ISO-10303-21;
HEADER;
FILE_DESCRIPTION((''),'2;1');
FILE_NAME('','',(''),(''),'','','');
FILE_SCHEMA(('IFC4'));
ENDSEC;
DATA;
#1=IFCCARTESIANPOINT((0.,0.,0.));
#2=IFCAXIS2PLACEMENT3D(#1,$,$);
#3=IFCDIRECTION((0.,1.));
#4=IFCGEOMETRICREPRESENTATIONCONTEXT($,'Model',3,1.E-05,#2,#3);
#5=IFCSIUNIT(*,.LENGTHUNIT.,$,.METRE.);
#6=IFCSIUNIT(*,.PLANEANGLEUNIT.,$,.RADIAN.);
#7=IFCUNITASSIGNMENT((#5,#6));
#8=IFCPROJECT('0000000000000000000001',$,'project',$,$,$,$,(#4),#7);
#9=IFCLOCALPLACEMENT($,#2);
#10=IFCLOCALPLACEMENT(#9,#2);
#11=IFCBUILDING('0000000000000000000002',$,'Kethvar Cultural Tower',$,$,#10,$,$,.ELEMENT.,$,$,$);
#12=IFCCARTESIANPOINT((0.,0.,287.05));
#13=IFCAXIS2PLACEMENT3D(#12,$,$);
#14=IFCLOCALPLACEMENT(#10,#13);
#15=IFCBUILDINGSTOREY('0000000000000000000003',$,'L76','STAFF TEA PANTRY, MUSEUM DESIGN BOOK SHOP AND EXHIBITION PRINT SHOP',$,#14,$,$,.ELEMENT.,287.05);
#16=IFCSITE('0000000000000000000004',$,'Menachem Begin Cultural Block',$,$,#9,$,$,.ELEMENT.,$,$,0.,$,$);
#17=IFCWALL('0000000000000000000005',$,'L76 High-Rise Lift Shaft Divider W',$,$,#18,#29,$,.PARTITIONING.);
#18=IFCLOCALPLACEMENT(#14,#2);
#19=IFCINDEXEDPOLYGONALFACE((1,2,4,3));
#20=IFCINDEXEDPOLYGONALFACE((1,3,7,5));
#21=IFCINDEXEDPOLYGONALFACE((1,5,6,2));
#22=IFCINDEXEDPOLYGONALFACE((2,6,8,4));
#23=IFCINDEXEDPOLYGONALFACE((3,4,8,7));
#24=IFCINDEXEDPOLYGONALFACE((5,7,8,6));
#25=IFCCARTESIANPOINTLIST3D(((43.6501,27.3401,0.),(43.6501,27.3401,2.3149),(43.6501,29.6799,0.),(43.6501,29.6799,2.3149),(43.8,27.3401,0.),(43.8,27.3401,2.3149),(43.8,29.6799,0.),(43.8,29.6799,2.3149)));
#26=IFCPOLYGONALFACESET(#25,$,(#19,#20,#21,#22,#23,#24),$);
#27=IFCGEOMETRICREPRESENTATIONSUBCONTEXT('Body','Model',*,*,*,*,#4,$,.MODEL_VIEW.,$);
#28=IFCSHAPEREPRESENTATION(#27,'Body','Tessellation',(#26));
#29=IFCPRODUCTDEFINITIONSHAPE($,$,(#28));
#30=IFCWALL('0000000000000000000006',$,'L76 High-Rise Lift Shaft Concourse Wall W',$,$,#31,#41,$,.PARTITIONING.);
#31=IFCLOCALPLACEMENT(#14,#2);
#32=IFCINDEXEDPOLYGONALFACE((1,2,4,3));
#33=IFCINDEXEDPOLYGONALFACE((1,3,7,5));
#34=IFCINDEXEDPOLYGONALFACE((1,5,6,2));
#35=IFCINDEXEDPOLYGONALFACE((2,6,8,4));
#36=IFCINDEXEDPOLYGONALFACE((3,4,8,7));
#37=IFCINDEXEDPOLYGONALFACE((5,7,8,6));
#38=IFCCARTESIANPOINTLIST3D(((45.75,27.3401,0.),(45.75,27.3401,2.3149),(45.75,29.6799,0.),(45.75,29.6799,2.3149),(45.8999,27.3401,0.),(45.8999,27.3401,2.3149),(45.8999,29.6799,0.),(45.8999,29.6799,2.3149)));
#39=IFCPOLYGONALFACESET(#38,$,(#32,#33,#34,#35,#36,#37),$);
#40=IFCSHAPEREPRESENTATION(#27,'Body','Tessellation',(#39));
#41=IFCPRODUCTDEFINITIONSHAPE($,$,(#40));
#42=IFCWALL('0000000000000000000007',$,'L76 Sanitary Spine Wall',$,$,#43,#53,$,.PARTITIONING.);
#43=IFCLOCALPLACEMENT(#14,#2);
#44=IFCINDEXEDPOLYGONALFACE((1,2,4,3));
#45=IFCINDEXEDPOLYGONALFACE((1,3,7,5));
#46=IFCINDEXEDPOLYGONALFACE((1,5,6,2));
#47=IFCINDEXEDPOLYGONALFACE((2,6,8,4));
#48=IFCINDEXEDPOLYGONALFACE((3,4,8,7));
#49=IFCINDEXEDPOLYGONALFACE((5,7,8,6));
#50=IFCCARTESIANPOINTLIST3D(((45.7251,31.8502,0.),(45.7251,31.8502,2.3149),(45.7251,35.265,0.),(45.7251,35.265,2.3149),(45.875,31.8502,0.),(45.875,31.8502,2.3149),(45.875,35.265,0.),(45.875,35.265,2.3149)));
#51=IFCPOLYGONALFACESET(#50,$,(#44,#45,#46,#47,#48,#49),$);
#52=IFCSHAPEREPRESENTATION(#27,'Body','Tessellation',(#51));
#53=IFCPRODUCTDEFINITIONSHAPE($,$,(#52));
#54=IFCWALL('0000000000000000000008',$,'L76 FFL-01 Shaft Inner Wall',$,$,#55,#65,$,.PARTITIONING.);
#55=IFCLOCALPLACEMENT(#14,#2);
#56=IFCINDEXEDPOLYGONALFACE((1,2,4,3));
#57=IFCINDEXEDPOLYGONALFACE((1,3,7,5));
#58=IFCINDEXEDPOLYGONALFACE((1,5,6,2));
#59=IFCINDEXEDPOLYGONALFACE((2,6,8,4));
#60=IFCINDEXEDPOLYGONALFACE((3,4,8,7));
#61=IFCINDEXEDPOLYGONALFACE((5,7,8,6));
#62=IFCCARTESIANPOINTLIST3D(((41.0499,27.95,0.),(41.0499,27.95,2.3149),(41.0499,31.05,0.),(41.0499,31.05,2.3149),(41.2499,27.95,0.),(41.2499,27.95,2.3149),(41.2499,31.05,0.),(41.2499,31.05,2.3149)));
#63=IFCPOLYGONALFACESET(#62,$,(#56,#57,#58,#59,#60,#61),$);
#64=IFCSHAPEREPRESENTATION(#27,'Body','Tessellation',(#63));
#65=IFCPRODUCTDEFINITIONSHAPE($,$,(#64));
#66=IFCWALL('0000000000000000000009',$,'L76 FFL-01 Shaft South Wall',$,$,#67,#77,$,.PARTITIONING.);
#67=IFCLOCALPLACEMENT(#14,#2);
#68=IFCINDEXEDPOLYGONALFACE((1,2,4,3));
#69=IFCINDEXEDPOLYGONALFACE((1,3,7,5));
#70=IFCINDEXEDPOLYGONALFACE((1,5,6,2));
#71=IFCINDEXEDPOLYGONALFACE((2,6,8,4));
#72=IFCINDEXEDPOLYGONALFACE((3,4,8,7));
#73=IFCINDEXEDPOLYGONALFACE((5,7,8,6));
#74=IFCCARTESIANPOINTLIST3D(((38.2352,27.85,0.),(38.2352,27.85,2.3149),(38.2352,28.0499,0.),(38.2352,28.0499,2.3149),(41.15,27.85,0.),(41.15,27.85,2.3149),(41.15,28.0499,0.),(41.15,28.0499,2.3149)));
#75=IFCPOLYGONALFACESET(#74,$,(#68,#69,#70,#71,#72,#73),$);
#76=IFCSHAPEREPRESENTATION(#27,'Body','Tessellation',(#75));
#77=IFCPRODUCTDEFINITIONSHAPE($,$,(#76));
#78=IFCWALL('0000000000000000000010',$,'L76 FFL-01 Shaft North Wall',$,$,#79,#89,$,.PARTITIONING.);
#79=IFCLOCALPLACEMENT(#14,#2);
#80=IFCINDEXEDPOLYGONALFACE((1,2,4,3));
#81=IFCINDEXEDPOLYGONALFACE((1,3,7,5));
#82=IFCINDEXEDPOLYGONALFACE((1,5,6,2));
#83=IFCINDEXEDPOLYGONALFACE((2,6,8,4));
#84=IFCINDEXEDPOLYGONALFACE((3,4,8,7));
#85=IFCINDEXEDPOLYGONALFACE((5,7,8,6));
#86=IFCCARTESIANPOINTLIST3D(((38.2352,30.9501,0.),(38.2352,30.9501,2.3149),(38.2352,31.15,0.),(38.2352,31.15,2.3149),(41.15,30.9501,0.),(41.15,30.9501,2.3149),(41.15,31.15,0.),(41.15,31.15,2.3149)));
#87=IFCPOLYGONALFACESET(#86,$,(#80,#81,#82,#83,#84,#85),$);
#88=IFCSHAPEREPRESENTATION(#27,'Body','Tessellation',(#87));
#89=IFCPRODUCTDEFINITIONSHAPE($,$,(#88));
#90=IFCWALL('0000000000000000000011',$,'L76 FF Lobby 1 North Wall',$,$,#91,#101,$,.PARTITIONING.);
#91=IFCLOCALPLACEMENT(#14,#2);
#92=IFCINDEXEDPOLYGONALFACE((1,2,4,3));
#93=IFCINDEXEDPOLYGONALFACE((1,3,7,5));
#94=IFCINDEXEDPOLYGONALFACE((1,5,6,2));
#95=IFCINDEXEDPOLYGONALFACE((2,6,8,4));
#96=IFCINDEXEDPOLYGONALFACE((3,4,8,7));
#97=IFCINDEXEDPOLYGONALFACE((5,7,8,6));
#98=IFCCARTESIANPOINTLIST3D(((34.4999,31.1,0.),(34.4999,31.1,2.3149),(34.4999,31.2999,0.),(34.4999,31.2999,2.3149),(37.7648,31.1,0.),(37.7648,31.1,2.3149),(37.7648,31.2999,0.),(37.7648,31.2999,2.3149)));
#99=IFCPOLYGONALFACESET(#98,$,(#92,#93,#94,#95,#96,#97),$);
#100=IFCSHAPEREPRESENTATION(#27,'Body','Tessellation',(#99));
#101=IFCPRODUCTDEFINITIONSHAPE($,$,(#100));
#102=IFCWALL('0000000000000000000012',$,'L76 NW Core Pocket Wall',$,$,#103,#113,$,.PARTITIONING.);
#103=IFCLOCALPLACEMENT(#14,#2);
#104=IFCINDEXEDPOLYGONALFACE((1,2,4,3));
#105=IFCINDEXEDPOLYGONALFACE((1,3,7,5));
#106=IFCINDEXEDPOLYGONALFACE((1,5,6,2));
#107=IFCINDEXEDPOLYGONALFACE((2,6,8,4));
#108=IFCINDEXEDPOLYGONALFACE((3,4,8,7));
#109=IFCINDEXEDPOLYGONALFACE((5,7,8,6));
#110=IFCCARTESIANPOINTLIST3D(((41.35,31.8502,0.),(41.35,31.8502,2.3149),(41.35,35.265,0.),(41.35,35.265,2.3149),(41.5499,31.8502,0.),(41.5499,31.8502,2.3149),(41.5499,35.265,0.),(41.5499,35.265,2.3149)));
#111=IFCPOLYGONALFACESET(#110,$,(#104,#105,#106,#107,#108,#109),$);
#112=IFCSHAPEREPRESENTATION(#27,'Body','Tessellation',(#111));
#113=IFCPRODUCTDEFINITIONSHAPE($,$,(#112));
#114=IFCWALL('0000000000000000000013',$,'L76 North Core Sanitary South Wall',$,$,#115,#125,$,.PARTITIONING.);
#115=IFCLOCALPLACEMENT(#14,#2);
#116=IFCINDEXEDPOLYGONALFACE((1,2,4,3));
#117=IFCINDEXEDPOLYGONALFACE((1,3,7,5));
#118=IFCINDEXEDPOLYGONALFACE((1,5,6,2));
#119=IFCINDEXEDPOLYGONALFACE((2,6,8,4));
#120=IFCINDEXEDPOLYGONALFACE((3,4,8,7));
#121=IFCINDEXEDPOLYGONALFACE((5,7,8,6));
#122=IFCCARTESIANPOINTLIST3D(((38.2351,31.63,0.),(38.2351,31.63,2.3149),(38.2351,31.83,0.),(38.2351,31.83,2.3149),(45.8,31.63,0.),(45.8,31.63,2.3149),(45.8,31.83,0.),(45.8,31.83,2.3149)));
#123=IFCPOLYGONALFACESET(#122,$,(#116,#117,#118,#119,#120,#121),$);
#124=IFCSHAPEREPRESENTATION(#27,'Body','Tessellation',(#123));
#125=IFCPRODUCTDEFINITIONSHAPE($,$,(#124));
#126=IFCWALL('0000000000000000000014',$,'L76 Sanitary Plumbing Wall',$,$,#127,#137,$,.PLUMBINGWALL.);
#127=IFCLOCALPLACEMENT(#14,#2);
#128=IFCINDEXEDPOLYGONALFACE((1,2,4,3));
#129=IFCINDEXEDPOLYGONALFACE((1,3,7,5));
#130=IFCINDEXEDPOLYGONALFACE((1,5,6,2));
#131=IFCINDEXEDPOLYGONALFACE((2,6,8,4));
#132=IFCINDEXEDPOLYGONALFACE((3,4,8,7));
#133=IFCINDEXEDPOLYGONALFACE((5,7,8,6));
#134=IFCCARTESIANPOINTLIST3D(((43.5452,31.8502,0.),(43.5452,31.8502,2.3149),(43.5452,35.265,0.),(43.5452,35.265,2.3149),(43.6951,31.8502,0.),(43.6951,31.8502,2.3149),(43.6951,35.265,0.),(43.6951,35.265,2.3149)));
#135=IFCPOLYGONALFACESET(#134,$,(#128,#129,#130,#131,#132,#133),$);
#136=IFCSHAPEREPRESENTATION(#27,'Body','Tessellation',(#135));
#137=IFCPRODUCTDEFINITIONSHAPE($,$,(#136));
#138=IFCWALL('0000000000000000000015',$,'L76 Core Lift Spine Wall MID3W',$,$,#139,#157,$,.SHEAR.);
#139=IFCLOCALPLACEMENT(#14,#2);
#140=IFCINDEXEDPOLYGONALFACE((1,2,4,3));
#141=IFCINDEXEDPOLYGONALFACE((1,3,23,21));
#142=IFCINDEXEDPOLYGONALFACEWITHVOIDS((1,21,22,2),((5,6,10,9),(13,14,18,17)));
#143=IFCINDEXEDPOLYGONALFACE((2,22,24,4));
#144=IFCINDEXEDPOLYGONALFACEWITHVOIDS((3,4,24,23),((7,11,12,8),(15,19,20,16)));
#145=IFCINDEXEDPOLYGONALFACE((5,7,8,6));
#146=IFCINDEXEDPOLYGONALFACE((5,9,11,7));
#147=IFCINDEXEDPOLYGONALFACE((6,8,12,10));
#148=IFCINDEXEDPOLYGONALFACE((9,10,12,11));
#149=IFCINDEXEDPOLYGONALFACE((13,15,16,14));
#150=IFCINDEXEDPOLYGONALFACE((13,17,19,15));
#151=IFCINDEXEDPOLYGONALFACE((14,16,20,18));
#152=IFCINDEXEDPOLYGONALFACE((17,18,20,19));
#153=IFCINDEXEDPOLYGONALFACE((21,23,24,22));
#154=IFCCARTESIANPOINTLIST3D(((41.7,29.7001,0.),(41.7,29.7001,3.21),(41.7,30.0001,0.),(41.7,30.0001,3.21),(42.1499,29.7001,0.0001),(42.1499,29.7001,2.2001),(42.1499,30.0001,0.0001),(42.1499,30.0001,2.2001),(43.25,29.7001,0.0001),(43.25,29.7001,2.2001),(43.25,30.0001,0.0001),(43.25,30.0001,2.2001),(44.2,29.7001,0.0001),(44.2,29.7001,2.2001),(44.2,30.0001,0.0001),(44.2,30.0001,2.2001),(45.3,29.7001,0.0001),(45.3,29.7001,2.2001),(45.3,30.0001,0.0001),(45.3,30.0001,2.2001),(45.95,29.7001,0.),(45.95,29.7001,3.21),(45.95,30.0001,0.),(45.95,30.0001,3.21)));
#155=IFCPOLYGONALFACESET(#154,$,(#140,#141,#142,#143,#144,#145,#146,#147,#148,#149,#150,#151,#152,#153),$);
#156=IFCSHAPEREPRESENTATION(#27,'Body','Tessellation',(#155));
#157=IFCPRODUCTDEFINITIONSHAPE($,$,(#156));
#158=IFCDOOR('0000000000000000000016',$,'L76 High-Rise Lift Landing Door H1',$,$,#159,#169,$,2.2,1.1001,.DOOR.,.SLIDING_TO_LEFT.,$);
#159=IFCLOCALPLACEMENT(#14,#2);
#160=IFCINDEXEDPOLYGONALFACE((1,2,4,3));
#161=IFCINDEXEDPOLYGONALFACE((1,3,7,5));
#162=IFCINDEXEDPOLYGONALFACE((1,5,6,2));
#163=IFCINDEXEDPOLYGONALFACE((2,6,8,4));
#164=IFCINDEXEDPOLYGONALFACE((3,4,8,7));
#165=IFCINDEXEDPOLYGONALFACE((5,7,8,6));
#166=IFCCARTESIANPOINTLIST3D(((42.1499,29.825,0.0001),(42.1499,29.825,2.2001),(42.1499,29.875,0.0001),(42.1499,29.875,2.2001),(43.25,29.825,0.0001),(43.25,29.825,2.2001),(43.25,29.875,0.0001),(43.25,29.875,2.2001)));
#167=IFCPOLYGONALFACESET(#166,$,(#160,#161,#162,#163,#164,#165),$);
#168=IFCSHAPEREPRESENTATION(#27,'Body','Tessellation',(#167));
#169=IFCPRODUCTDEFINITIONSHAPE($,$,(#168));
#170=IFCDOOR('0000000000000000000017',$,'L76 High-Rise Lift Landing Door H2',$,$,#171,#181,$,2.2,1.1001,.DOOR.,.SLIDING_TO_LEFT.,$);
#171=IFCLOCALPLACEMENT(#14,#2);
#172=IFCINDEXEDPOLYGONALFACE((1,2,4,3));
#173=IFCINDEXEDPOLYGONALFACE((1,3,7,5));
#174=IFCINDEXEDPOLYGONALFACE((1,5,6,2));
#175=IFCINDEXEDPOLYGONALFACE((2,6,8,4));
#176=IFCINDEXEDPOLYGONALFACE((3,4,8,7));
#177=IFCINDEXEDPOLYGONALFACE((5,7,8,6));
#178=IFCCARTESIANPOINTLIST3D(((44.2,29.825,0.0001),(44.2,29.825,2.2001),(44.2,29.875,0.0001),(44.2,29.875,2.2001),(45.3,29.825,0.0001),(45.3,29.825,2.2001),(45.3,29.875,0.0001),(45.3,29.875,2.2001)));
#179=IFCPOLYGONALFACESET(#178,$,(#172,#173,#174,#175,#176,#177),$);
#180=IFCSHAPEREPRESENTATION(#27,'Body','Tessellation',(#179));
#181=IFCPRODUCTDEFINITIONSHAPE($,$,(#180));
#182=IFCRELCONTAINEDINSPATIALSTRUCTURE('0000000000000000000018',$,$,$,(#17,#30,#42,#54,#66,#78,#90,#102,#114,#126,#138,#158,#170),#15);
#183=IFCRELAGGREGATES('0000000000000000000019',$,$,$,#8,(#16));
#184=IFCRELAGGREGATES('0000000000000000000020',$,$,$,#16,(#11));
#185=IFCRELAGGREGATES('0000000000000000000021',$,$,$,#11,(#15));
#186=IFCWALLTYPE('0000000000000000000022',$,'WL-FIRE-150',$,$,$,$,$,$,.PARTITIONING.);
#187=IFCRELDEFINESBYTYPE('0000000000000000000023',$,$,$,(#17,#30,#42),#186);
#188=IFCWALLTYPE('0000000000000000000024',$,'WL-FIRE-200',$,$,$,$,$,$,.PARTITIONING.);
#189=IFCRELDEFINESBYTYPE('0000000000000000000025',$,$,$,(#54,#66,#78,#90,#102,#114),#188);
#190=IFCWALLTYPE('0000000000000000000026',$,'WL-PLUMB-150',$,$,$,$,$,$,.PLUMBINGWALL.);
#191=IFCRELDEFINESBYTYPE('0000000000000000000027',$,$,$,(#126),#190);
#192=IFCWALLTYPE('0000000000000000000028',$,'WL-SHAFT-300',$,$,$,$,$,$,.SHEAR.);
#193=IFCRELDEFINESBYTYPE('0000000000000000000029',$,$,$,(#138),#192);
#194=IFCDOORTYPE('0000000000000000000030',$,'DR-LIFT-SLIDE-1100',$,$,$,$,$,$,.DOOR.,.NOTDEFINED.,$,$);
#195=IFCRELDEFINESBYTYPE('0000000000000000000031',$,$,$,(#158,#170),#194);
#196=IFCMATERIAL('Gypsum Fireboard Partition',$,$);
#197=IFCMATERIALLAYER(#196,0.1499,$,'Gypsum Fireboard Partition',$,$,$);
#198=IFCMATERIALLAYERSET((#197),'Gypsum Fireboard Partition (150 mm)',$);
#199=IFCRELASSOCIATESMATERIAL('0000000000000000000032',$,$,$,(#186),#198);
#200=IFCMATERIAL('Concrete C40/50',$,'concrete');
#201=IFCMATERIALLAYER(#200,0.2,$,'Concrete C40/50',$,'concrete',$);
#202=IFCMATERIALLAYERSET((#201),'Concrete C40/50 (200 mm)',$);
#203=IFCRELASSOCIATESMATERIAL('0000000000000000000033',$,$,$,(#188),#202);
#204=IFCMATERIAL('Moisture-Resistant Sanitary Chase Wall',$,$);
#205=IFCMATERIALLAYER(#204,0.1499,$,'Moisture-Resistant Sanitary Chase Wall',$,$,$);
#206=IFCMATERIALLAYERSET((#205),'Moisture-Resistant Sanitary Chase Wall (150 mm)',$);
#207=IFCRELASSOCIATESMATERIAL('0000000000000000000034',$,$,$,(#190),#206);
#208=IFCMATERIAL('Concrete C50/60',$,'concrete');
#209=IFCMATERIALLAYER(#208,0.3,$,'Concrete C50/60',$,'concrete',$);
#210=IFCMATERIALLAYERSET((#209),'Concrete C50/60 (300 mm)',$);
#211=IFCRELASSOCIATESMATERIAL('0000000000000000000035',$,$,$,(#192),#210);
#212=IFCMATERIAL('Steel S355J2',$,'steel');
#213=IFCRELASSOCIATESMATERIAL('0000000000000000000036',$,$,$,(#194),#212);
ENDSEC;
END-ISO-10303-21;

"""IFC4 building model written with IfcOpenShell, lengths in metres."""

from ifc_helpers import new_model, si_unit, direction, frame, frame_2d, origin, place, context, subcontext, project, spatial, rectangle, extrude, source, transform, mapped, material, layer, layer_set, type_object, element, fill, save


model = new_model("IFC4")

# Units and contexts
model_context = context("Model", 3, precision=1e-05, world=origin(), true_north=direction((0.0, 1.0)))
body_context = subcontext(model_context, "Body", "Model", "MODEL_VIEW")
ifc_project = project(units=[si_unit("LENGTHUNIT", "METRE"), si_unit("PLANEANGLEUNIT", "RADIAN")], contexts=[model_context])

# Site, building, storey
site_placement = place(None, origin())
site = spatial("IfcSite", under=ifc_project, at=site_placement, Name="Menachem Begin Cultural Block", CompositionType="ELEMENT", RefElevation=0.0)
building_placement = place(site_placement, origin())
building = spatial("IfcBuilding", under=site, at=building_placement, Name="Kethvar Cultural Tower", CompositionType="ELEMENT")
storey_placement = place(building_placement, frame((0.0, 0.0, 287.05)))
storey = spatial("IfcBuildingStorey", under=building, at=storey_placement, Name="L76", Description="STAFF TEA PANTRY, MUSEUM DESIGN BOOK SHOP AND EXHIBITION PRINT SHOP", CompositionType="ELEMENT", Elevation=287.05)

# Shared definitions
ifc_material_1 = material(Name="Steel S355J2", Category="steel")

# Walls
ifc_material_2 = material(Name="Gypsum Fireboard Partition")
ifc_layer_1 = layer(ifc_material_2, 0.1499, Name="Gypsum Fireboard Partition")
ifc_layer_set_1 = layer_set([ifc_layer_1], Name="Gypsum Fireboard Partition (150 mm)")
wall_type_1 = type_object("IfcWallType", Name="WL-FIRE-150", PredefinedType="PARTITIONING", material=ifc_layer_set_1)
for number, where, z_axis, x_axis, name in (
    (1, (43.7251, 27.3401, 0.0), (0.0, 0.0, 1.0), (0.0, 1.0, 0.0), "L76 High-Rise Lift Shaft Divider W"),
    (2, (45.825, 27.3401, 0.0), (0.0, 0.0, 1.0), (0.0, 1.0, 0.0), "L76 High-Rise Lift Shaft Concourse Wall W"),
):
    element("IfcWall", number, at=place(storey_placement, frame(where, z_axis=z_axis, x_axis=x_axis)), inside=storey, type_object=wall_type_1, Name=name, PredefinedType="PARTITIONING", context=body_context, shape_type="SweptSolid", body=[
        extrude(rectangle(XDim=2.3398, YDim=0.1499, at=frame_2d((1.1699, 0.0))), origin(), (0.0, 0.0, 1.0), 2.3149),
    ])
wall_1_placement = place(storey_placement, frame((45.8, 31.8501, 0.0), z_axis=(0.0, 0.0, 1.0), x_axis=(0.0, 1.0, 0.0)))
element("IfcWall", 3, at=wall_1_placement, inside=storey, type_object=wall_type_1, Name="L76 Sanitary Spine Wall", PredefinedType="PARTITIONING", context=body_context, shape_type="SweptSolid", body=[
    extrude(rectangle(XDim=3.4148, YDim=0.1499, at=frame_2d((1.7075, 0.0))), origin(), (0.0, 0.0, 1.0), 2.3149),
])
ifc_material_3 = material(Name="Concrete C40/50", Category="concrete")
ifc_layer_2 = layer(ifc_material_3, 0.2, Name="Concrete C40/50", Category="concrete")
ifc_layer_set_2 = layer_set([ifc_layer_2], Name="Concrete C40/50 (200 mm)")
wall_type_2 = type_object("IfcWallType", Name="WL-FIRE-200", PredefinedType="PARTITIONING", material=ifc_layer_set_2)
wall_2_placement = place(storey_placement, frame((41.1499, 27.95, 0.0), z_axis=(0.0, 0.0, 1.0), x_axis=(0.0, 1.0, 0.0)))
element("IfcWall", 4, at=wall_2_placement, inside=storey, type_object=wall_type_2, Name="L76 FFL-01 Shaft Inner Wall", PredefinedType="PARTITIONING", context=body_context, shape_type="SweptSolid", body=[
    extrude(rectangle(XDim=3.1001, YDim=0.2, at=frame_2d((1.55, 0.0))), origin(), (0.0, 0.0, 1.0), 2.3149),
])
for number, where, z_axis, x_axis, name in (
    (5, (38.2351, 27.95, 0.0), (0.0, 0.0, 1.0), (1.0, 0.0, 0.0), "L76 FFL-01 Shaft South Wall"),
    (6, (38.2351, 31.05, 0.0), (0.0, 0.0, 1.0), (1.0, 0.0, 0.0), "L76 FFL-01 Shaft North Wall"),
):
    element("IfcWall", number, at=place(storey_placement, frame(where, z_axis=z_axis, x_axis=x_axis)), inside=storey, type_object=wall_type_2, Name=name, PredefinedType="PARTITIONING", context=body_context, shape_type="SweptSolid", body=[
        extrude(rectangle(XDim=2.9148, YDim=0.2, at=frame_2d((1.4575, 0.0))), origin(), (0.0, 0.0, 1.0), 2.3149),
    ])

# Walls
wall_3_placement = place(storey_placement, frame((34.5, 31.2, 0.0), z_axis=(0.0, 0.0, 1.0), x_axis=(1.0, 0.0, 0.0)))
element("IfcWall", 7, at=wall_3_placement, inside=storey, type_object=wall_type_2, Name="L76 FF Lobby 1 North Wall", PredefinedType="PARTITIONING", context=body_context, shape_type="SweptSolid", body=[
    extrude(rectangle(XDim=3.2649, YDim=0.2, at=frame_2d((1.6323, 0.0))), origin(), (0.0, 0.0, 1.0), 2.3149),
])
wall_4_placement = place(storey_placement, frame((41.45, 31.8501, 0.0), z_axis=(0.0, 0.0, 1.0), x_axis=(0.0, 1.0, 0.0)))
element("IfcWall", 8, at=wall_4_placement, inside=storey, type_object=wall_type_2, Name="L76 NW Core Pocket Wall", PredefinedType="PARTITIONING", context=body_context, shape_type="SweptSolid", body=[
    extrude(rectangle(XDim=3.4148, YDim=0.2, at=frame_2d((1.7075, 0.0))), origin(), (0.0, 0.0, 1.0), 2.3149),
])
wall_5_placement = place(storey_placement, frame((38.2351, 31.73, 0.0), z_axis=(0.0, 0.0, 1.0), x_axis=(1.0, 0.0, 0.0)))
element("IfcWall", 9, at=wall_5_placement, inside=storey, type_object=wall_type_2, Name="L76 North Core Sanitary South Wall", PredefinedType="PARTITIONING", context=body_context, shape_type="SweptSolid", body=[
    extrude(rectangle(XDim=7.5649, YDim=0.2, at=frame_2d((3.7825, 0.0))), origin(), (0.0, 0.0, 1.0), 2.3149),
])
ifc_material_4 = material(Name="Moisture-Resistant Sanitary Chase Wall")
ifc_layer_3 = layer(ifc_material_4, 0.1499, Name="Moisture-Resistant Sanitary Chase Wall")
ifc_layer_set_3 = layer_set([ifc_layer_3], Name="Moisture-Resistant Sanitary Chase Wall (150 mm)")
wall_type_3 = type_object("IfcWallType", Name="WL-PLUMB-150", PredefinedType="PLUMBINGWALL", material=ifc_layer_set_3)
wall_6_placement = place(storey_placement, frame((43.6201, 31.8501, 0.0), z_axis=(0.0, 0.0, 1.0), x_axis=(0.0, 1.0, 0.0)))
element("IfcWall", 10, at=wall_6_placement, inside=storey, type_object=wall_type_3, Name="L76 Sanitary Plumbing Wall", PredefinedType="PLUMBINGWALL", context=body_context, shape_type="SweptSolid", body=[
    extrude(rectangle(XDim=3.4148, YDim=0.1499, at=frame_2d((1.7075, 0.0))), origin(), (0.0, 0.0, 1.0), 2.3149),
])

# Wall, openings, doors
ifc_material_5 = material(Name="Concrete C50/60", Category="concrete")
ifc_layer_4 = layer(ifc_material_5, 0.3, Name="Concrete C50/60", Category="concrete")
ifc_layer_set_4 = layer_set([ifc_layer_4], Name="Concrete C50/60 (300 mm)")
wall_type_4 = type_object("IfcWallType", Name="WL-SHAFT-300", PredefinedType="SHEAR", material=ifc_layer_set_4)
wall_7_placement = place(storey_placement, frame((41.7, 29.8501, 0.0), z_axis=(0.0, 0.0, 1.0), x_axis=(1.0, 0.0, 0.0)))
wall_7 = element("IfcWall", 11, at=wall_7_placement, inside=storey, type_object=wall_type_4, Name="L76 Core Lift Spine Wall MID3W", PredefinedType="SHEAR", context=body_context, shape_type="SweptSolid", body=[
    extrude(rectangle(XDim=4.25, YDim=0.3, at=frame_2d((2.125, 0.0))), origin(), (0.0, 0.0, 1.0), 3.21),
])
opening_1_placement = place(wall_7_placement, frame((0.45, 0.0, 0.0)))
opening_1 = element("IfcOpeningElement", 12, at=opening_1_placement, cuts=wall_7, PredefinedType="OPENING", context=body_context, shape_type="SweptSolid", body=[
    extrude(rectangle(XDim=1.1001, YDim=2.2, at=frame_2d((0.55, 1.1001))), frame((0.0, 0.1599, 0.0), z_axis=(0.0, -1.0, 0.0), x_axis=(1.0, 0.0, 0.0)), (0.0, 0.0, 1.0), 0.3201),
])
opening_2_placement = place(wall_7_placement, frame((2.5, 0.0, 0.0)))
opening_2 = element("IfcOpeningElement", 13, at=opening_2_placement, cuts=wall_7, PredefinedType="OPENING", context=body_context, shape_type="SweptSolid", body=[
    extrude(rectangle(XDim=1.1001, YDim=2.2, at=frame_2d((0.55, 1.1001))), frame((0.0, 0.1599, 0.0), z_axis=(0.0, -1.0, 0.0), x_axis=(1.0, 0.0, 0.0)), (0.0, 0.0, 1.0), 0.3201),
])
door_type_1 = type_object("IfcDoorType", Name="DR-LIFT-SLIDE-1100", OperationType="NOTDEFINED", PredefinedType="DOOR", material=ifc_material_1)
shared_shape_1 = source(origin(), body_context, "Body", "SweptSolid", [
    extrude(rectangle(XDim=1.1001, YDim=2.2, at=frame_2d((0.55, 1.1001))), frame((0.0, 0.0249, 0.0), z_axis=(0.0, -1.0, 0.0), x_axis=(1.0, 0.0, 0.0)), (0.0, 0.0, 1.0), 0.05),
])
door_1_placement = place(opening_1_placement, origin())
door_1 = element("IfcDoor", 14, at=door_1_placement, inside=storey, type_object=door_type_1, Name="L76 High-Rise Lift Landing Door H1", OperationType="SLIDING_TO_LEFT", OverallHeight=2.2, OverallWidth=1.1001, PredefinedType="DOOR", context=body_context, shape_type="MappedRepresentation", body=[
    mapped(shared_shape_1, transform((0.0, 0.0, 0.0), scale=1.0)),
])
fill(opening_1, door_1)
door_2_placement = place(opening_2_placement, origin())
door_2 = element("IfcDoor", 15, at=door_2_placement, inside=storey, type_object=door_type_1, Name="L76 High-Rise Lift Landing Door H2", OperationType="SLIDING_TO_LEFT", OverallHeight=2.2, OverallWidth=1.1001, PredefinedType="DOOR", context=body_context, shape_type="MappedRepresentation", body=[
    mapped(shared_shape_1, transform((0.0, 0.0, 0.0), scale=1.0)),
])
fill(opening_2, door_2)

save(model, "model.ifc")
